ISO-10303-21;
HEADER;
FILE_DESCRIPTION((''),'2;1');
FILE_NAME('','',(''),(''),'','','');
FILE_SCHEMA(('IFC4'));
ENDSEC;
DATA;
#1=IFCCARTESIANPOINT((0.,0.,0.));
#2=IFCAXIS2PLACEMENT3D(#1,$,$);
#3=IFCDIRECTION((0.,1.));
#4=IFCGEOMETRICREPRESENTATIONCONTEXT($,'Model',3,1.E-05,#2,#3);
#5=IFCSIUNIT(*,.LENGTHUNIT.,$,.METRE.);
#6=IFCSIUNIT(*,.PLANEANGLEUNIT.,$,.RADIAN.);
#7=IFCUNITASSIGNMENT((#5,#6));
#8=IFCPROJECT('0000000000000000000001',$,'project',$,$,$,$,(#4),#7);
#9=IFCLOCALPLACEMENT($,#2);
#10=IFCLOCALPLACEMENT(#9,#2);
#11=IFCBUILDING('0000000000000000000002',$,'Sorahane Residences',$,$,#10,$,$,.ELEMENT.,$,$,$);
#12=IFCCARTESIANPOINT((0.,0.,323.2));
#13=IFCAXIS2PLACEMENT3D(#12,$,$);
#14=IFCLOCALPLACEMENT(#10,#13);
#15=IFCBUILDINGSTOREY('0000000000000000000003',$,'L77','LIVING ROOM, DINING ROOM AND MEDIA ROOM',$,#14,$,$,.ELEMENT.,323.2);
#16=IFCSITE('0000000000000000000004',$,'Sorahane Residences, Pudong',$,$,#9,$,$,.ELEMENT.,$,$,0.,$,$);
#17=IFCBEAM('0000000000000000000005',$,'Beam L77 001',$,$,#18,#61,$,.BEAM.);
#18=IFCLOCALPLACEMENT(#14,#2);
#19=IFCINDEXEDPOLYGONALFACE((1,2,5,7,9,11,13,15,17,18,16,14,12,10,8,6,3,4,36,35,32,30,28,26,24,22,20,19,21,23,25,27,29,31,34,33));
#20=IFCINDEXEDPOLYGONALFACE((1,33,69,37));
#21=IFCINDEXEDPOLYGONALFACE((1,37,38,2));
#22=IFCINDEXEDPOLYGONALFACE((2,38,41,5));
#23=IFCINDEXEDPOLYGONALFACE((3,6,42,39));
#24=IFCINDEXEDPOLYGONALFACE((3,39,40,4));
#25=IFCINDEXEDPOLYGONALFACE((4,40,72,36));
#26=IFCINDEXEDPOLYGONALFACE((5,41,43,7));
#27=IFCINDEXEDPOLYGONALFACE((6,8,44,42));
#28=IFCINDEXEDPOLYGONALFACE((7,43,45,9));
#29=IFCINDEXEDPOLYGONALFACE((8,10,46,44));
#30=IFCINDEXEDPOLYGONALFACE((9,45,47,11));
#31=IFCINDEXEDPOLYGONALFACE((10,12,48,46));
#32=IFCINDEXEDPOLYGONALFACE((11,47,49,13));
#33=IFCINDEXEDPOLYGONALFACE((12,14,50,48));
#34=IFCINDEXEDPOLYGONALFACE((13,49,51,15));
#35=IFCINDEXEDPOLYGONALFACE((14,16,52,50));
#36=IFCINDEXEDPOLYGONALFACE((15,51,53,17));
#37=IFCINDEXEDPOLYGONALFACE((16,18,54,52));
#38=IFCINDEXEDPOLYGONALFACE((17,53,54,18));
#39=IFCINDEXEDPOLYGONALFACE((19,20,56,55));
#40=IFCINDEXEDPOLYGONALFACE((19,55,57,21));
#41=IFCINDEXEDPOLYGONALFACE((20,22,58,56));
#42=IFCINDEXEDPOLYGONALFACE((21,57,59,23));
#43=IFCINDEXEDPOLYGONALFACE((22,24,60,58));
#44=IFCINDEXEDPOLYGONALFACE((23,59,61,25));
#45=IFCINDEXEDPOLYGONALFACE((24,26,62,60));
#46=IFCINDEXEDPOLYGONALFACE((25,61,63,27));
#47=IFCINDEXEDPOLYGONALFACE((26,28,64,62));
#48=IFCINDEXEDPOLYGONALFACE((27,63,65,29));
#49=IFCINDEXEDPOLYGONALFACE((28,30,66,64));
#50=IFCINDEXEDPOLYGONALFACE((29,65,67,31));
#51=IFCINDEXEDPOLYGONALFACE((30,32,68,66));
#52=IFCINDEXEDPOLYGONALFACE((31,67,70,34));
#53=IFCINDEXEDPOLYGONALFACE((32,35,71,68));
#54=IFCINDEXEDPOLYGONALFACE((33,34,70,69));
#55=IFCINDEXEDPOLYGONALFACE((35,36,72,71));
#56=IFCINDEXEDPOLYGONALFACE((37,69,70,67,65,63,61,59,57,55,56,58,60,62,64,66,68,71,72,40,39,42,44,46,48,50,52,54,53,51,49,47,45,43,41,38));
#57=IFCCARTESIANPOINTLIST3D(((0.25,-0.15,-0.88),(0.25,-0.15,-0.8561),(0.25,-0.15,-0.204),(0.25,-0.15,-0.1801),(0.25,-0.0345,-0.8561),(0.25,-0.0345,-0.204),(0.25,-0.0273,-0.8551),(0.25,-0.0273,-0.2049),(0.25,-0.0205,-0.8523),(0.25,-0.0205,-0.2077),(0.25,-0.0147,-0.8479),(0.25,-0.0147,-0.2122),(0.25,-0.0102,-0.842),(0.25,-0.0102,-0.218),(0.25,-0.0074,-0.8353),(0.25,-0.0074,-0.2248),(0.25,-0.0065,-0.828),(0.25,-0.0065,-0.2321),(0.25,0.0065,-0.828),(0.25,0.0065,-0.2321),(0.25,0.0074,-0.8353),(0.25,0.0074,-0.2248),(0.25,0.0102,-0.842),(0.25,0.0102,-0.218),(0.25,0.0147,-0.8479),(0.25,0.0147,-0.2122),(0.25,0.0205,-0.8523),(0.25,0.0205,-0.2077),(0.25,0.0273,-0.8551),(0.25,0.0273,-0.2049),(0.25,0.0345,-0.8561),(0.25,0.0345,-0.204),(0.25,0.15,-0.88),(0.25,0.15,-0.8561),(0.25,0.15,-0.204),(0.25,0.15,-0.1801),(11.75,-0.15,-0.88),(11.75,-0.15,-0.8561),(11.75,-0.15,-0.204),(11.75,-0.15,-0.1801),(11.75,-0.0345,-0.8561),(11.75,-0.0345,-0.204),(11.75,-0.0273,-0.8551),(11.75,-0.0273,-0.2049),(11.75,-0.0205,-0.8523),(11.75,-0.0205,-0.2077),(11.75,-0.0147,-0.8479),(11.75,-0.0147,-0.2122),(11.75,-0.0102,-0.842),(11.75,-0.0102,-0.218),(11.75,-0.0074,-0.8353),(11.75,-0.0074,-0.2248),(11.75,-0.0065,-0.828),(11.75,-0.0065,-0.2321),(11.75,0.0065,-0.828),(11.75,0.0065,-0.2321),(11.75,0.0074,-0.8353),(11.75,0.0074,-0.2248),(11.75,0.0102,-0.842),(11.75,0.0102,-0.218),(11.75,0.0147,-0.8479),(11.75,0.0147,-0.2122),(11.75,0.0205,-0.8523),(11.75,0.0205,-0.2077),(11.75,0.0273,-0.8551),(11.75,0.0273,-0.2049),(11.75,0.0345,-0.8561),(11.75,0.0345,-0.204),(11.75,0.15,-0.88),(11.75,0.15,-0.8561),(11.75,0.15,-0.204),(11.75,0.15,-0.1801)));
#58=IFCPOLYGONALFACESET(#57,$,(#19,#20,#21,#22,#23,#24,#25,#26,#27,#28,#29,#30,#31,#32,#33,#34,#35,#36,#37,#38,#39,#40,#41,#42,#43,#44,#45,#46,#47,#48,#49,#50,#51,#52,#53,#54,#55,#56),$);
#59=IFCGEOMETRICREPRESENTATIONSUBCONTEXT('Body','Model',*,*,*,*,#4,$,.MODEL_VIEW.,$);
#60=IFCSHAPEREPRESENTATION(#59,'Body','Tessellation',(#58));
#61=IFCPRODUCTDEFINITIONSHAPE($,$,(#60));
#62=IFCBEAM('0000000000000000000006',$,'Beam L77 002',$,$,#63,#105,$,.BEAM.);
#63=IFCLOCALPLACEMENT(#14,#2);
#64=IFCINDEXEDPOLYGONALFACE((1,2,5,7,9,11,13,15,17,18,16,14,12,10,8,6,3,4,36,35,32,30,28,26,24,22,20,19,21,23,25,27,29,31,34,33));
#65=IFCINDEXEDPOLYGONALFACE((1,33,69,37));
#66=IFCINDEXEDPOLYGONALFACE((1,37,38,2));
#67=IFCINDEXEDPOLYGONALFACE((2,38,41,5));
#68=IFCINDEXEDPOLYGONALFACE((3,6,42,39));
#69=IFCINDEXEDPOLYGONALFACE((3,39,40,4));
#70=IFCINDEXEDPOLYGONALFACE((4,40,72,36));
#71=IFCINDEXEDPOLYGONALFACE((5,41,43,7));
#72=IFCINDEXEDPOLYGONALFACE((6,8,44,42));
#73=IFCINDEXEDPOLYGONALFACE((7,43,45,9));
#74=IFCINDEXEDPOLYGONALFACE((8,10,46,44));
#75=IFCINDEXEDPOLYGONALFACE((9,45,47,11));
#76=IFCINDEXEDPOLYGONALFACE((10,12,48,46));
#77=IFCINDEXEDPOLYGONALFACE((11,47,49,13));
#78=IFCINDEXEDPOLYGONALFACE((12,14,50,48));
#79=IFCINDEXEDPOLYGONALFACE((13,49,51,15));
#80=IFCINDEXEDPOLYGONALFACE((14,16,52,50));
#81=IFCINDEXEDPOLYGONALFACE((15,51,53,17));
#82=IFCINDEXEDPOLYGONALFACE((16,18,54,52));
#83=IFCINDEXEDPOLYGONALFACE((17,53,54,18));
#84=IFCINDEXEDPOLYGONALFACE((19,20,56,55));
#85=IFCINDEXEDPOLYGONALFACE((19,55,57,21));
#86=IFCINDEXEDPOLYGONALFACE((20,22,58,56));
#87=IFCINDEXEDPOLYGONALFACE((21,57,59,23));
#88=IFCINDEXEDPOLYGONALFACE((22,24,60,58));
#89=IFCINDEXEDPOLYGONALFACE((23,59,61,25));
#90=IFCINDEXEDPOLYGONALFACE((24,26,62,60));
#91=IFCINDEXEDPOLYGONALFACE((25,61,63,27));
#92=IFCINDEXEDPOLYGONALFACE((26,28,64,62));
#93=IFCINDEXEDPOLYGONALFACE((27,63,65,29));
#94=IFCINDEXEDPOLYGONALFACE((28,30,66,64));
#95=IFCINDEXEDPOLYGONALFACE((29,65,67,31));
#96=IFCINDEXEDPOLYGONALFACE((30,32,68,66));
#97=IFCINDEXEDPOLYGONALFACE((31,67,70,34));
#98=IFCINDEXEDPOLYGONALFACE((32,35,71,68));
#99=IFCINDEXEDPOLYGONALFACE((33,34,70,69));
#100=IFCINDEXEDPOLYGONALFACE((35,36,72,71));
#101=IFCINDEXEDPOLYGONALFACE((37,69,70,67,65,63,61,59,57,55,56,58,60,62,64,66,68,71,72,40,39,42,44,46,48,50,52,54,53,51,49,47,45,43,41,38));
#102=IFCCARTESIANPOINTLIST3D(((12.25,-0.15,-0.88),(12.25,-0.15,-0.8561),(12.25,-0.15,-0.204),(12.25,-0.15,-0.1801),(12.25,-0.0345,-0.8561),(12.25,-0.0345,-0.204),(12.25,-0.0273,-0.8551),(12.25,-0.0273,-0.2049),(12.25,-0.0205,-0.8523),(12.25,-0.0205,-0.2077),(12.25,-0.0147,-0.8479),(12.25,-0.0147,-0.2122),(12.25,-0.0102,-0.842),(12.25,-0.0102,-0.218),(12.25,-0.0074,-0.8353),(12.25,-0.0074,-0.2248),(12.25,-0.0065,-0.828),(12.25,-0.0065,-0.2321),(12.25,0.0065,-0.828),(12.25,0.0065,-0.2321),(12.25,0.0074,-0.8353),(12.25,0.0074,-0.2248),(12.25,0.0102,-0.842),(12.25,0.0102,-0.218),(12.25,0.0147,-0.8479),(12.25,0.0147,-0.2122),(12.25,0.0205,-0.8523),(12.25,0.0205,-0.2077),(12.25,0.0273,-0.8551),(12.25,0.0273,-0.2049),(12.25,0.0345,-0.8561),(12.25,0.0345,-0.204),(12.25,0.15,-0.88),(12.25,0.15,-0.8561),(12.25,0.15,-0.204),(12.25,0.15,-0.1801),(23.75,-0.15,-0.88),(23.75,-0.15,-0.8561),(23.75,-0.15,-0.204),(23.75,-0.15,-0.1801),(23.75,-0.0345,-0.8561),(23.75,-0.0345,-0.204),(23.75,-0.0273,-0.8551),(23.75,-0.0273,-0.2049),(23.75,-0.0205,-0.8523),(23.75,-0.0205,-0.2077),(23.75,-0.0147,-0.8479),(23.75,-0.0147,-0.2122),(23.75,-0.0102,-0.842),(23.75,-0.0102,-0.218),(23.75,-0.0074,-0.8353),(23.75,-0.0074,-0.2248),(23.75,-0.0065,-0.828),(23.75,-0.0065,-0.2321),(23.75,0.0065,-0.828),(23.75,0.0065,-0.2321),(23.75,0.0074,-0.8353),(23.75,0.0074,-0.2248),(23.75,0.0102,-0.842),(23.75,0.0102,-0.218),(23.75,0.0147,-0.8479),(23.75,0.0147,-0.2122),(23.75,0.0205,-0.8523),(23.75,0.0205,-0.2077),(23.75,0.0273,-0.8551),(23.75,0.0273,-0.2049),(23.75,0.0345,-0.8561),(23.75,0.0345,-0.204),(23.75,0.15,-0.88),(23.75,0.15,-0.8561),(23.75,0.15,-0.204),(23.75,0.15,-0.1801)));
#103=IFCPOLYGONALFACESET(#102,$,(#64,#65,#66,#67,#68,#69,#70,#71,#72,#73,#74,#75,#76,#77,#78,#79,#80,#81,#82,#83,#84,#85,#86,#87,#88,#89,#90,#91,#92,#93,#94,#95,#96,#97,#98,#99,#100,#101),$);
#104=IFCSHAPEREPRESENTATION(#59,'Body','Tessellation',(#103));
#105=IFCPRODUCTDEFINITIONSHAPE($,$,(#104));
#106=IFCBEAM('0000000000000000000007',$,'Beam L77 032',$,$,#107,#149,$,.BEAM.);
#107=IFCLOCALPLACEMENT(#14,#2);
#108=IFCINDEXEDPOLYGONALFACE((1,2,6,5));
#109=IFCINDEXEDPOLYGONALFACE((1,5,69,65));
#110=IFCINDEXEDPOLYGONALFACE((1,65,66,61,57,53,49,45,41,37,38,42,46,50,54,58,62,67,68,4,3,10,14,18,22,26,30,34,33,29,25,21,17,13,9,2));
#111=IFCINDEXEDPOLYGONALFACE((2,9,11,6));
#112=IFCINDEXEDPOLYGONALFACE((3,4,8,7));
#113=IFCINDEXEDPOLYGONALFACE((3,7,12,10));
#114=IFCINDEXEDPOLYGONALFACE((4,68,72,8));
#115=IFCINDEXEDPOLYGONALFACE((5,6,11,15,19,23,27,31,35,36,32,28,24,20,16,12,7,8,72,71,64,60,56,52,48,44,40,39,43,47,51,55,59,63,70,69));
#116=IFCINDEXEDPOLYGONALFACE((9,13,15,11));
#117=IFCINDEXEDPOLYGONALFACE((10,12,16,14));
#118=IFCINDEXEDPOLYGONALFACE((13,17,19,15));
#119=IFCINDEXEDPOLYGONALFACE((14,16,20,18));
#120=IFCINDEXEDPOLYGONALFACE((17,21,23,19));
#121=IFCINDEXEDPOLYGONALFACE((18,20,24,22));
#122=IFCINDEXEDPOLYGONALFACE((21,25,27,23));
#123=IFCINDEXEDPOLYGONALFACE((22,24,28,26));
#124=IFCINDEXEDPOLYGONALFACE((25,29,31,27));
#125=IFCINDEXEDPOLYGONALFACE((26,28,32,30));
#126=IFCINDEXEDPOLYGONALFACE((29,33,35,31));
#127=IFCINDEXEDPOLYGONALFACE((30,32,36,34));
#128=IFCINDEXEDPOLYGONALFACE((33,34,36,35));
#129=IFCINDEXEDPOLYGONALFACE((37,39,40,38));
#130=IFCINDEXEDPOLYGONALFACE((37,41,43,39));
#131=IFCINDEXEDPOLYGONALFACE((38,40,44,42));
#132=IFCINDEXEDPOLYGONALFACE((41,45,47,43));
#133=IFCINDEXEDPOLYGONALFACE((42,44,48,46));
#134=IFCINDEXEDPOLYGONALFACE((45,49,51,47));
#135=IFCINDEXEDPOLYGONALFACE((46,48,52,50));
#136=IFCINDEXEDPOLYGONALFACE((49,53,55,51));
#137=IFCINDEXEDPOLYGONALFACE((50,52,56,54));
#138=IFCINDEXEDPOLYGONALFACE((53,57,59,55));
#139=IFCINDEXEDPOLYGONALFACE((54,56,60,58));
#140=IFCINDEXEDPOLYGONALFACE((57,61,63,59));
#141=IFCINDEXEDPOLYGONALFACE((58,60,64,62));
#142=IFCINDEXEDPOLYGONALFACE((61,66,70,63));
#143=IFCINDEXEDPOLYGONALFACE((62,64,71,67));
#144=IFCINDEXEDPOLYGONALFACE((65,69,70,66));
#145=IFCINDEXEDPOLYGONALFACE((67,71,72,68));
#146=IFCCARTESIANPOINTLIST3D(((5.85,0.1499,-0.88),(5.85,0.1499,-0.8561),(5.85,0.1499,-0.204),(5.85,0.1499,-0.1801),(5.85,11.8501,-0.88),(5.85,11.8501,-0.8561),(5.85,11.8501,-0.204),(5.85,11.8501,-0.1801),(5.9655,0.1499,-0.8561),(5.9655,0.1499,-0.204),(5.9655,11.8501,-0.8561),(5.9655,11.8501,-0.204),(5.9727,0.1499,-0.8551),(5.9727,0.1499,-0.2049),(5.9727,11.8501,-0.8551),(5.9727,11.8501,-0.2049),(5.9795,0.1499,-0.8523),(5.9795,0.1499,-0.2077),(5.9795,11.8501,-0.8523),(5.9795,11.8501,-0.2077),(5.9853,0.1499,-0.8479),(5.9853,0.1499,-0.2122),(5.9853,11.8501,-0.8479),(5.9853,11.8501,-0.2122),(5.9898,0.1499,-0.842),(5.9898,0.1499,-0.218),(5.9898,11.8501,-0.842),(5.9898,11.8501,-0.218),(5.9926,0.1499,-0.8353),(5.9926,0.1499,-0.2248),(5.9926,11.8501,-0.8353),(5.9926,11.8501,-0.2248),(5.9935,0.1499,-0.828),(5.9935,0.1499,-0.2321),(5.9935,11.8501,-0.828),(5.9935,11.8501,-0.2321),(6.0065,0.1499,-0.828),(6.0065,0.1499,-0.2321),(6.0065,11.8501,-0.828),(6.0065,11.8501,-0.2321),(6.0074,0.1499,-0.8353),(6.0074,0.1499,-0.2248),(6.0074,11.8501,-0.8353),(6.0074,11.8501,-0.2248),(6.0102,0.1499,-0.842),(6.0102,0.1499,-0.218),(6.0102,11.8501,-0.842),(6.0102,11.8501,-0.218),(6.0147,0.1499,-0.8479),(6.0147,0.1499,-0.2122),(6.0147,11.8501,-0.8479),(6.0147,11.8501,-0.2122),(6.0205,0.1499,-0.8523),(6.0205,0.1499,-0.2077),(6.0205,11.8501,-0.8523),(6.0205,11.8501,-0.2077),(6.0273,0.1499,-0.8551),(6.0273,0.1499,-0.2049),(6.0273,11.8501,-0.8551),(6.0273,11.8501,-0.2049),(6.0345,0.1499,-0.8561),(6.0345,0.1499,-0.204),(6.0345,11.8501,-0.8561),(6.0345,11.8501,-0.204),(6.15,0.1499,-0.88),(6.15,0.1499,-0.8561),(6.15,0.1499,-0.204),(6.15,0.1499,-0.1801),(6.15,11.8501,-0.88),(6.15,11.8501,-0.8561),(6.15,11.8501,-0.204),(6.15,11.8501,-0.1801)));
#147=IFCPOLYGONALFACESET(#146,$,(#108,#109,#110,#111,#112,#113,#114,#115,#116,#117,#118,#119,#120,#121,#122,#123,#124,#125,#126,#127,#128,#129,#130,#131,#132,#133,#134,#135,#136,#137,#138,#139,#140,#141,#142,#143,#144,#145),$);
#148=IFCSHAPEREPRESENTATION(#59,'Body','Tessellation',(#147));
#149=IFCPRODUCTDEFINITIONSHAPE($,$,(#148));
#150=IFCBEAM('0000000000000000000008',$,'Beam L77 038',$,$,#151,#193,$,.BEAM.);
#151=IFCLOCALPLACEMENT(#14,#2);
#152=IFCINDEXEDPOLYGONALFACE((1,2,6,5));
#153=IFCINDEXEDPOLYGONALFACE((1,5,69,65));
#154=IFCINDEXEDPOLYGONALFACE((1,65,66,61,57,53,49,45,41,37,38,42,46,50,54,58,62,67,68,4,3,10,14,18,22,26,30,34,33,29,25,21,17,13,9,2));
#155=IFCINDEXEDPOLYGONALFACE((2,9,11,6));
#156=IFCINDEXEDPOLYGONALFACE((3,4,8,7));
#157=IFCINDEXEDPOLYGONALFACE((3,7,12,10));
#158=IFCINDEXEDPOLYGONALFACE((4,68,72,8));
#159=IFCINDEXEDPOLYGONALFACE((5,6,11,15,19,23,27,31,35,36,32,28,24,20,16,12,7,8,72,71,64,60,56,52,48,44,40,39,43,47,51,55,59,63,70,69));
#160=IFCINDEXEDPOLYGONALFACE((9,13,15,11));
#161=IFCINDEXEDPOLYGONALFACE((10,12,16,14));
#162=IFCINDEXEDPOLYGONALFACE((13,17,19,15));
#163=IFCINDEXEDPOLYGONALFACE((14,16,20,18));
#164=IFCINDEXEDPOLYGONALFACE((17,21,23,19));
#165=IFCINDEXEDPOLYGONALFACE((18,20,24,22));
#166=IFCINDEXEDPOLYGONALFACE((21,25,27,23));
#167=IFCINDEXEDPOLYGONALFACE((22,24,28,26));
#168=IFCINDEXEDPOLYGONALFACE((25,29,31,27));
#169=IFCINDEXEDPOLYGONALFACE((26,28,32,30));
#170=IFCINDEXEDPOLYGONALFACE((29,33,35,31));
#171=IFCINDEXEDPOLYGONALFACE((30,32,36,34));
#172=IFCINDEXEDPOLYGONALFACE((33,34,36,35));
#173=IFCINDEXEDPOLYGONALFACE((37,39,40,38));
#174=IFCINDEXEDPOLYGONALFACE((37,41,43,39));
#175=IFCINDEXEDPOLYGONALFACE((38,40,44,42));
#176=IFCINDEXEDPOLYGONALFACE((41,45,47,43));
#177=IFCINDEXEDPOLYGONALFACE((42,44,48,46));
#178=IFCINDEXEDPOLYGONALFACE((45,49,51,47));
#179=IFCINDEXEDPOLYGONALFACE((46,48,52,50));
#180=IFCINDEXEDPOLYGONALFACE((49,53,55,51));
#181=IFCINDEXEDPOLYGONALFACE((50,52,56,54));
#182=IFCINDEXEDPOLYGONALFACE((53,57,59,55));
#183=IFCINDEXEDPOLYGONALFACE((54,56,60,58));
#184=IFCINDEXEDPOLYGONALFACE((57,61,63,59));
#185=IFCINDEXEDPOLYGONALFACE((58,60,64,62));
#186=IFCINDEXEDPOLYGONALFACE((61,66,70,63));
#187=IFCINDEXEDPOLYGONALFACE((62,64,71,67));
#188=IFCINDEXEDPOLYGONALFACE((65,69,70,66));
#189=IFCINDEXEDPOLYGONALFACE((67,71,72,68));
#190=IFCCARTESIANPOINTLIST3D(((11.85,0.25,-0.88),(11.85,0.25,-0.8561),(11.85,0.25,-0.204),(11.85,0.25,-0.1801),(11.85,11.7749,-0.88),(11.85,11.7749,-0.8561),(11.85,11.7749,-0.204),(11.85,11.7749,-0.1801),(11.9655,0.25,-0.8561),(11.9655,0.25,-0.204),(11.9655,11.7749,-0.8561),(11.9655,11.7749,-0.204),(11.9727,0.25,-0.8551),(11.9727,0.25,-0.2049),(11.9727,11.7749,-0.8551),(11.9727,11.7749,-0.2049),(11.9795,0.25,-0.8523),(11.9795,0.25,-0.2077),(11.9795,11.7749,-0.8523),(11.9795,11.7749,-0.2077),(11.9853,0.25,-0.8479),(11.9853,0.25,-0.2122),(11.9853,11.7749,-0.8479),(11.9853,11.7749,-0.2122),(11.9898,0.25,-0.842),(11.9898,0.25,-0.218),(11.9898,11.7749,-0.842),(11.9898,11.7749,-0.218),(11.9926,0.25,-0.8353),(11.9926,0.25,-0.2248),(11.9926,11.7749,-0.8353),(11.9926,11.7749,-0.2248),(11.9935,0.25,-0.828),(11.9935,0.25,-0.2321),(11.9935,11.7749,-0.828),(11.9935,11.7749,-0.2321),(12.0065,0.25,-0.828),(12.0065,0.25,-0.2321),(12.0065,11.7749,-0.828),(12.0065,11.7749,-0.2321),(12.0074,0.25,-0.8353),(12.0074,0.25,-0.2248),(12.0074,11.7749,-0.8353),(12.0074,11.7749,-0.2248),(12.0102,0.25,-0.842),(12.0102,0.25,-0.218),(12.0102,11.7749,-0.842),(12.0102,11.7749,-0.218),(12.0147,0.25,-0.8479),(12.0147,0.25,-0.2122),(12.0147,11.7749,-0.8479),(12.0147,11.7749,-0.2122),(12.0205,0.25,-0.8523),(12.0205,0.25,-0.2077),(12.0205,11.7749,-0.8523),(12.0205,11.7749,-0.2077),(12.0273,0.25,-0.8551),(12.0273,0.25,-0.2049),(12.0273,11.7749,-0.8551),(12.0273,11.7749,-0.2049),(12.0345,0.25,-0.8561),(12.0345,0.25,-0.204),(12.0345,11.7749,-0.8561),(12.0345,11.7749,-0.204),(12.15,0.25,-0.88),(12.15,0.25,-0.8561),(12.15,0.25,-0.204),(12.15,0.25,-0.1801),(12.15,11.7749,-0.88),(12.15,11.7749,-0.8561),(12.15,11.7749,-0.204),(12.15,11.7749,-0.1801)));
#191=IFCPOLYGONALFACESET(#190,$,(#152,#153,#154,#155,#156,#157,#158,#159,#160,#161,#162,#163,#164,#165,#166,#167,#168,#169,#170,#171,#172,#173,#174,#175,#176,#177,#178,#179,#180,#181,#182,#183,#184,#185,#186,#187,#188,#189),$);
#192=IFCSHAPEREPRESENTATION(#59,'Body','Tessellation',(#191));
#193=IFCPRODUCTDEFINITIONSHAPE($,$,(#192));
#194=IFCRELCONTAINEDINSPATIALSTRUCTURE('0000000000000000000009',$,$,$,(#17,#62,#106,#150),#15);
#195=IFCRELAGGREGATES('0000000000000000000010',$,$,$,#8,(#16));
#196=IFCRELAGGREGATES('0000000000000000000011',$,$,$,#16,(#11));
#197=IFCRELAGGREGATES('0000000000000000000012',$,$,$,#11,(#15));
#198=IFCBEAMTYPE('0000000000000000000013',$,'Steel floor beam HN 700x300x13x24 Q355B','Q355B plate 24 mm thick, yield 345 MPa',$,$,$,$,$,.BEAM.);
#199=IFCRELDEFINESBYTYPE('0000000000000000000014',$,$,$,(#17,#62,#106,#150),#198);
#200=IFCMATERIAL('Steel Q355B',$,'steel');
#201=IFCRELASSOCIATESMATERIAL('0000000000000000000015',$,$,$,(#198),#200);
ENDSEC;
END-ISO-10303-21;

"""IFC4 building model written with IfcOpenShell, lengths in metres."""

from ifc_helpers import new_model, si_unit, direction, frame, origin, origin_2d, place, context, subcontext, project, spatial, i_section, extrude, material, material_profile, profile_set, type_object, element, save


model = new_model("IFC4")

# Units and contexts
model_context = context("Model", 3, precision=1e-05, world=origin(), true_north=direction((0.0, 1.0)))
body_context = subcontext(model_context, "Body", "Model", "MODEL_VIEW")
ifc_project = project(units=[si_unit("LENGTHUNIT", "METRE"), si_unit("PLANEANGLEUNIT", "RADIAN")], contexts=[model_context])

# Site, building, storey
site_placement = place(None, origin())
site = spatial("IfcSite", under=ifc_project, at=site_placement, Name="Sorahane Residences, Pudong", CompositionType="ELEMENT", RefElevation=0.0)
building_placement = place(site_placement, origin())
building = spatial("IfcBuilding", under=site, at=building_placement, Name="Sorahane Residences", CompositionType="ELEMENT")
storey_placement = place(building_placement, frame((0.0, 0.0, 323.2)))
storey = spatial("IfcBuildingStorey", under=building, at=storey_placement, Name="L77", Description="LIVING ROOM, DINING ROOM AND MEDIA ROOM", CompositionType="ELEMENT", Elevation=323.2)

# Beams
ifc_material_1 = material(Name="Steel Q355B", Category="steel")
ifc_material_profile_1 = material_profile(ifc_material_1, i_section(OverallWidth=0.3, OverallDepth=0.7, WebThickness=0.0129, FlangeThickness=0.0239, FilletRadius=0.0281, at=origin_2d()), Name="HN 700x300x13x24")
ifc_profile_set_1 = profile_set([ifc_material_profile_1], Name="Steel Q355B")
beam_type_1 = type_object("IfcBeamType", Name="Steel floor beam HN 700x300x13x24 Q355B", Description="Q355B plate 24 mm thick, yield 345 MPa", PredefinedType="BEAM", material=ifc_profile_set_1)
for number, where, z_axis, x_axis, name in (
    (1, (0.25, 0.0, -0.53), (1.0, 0.0, 0.0), (0.0, 1.0, 0.0), "Beam L77 001"),
    (2, (12.25, 0.0, -0.53), (1.0, 0.0, 0.0), (0.0, 1.0, 0.0), "Beam L77 002"),
):
    element("IfcBeam", number, at=place(storey_placement, frame(where, z_axis=z_axis, x_axis=x_axis)), inside=storey, type_object=beam_type_1, Name=name, PredefinedType="BEAM", context=body_context, shape_type="SweptSolid", body=[
        extrude(i_section(OverallWidth=0.3, OverallDepth=0.7, WebThickness=0.0129, FlangeThickness=0.0239, FilletRadius=0.0281, at=origin_2d()), origin(), (0.0, 0.0, 1.0), 11.5),
    ])
beam_1_placement = place(storey_placement, frame((6.0, 0.1499, -0.53), z_axis=(0.0, 1.0, 0.0), x_axis=(-1.0, 0.0, 0.0)))
element("IfcBeam", 3, at=beam_1_placement, inside=storey, type_object=beam_type_1, Name="Beam L77 032", PredefinedType="BEAM", context=body_context, shape_type="SweptSolid", body=[
    extrude(i_section(OverallWidth=0.3, OverallDepth=0.7, WebThickness=0.0129, FlangeThickness=0.0239, FilletRadius=0.0281, at=origin_2d()), origin(), (0.0, 0.0, 1.0), 11.7002),
])
beam_2_placement = place(storey_placement, frame((12.0, 0.25, -0.53), z_axis=(0.0, 1.0, 0.0), x_axis=(-1.0, 0.0, 0.0)))
element("IfcBeam", 4, at=beam_2_placement, inside=storey, type_object=beam_type_1, Name="Beam L77 038", PredefinedType="BEAM", context=body_context, shape_type="SweptSolid", body=[
    extrude(i_section(OverallWidth=0.3, OverallDepth=0.7, WebThickness=0.0129, FlangeThickness=0.0239, FilletRadius=0.0281, at=origin_2d()), origin(), (0.0, 0.0, 1.0), 11.5249),
])

save(model, "model.ifc")
